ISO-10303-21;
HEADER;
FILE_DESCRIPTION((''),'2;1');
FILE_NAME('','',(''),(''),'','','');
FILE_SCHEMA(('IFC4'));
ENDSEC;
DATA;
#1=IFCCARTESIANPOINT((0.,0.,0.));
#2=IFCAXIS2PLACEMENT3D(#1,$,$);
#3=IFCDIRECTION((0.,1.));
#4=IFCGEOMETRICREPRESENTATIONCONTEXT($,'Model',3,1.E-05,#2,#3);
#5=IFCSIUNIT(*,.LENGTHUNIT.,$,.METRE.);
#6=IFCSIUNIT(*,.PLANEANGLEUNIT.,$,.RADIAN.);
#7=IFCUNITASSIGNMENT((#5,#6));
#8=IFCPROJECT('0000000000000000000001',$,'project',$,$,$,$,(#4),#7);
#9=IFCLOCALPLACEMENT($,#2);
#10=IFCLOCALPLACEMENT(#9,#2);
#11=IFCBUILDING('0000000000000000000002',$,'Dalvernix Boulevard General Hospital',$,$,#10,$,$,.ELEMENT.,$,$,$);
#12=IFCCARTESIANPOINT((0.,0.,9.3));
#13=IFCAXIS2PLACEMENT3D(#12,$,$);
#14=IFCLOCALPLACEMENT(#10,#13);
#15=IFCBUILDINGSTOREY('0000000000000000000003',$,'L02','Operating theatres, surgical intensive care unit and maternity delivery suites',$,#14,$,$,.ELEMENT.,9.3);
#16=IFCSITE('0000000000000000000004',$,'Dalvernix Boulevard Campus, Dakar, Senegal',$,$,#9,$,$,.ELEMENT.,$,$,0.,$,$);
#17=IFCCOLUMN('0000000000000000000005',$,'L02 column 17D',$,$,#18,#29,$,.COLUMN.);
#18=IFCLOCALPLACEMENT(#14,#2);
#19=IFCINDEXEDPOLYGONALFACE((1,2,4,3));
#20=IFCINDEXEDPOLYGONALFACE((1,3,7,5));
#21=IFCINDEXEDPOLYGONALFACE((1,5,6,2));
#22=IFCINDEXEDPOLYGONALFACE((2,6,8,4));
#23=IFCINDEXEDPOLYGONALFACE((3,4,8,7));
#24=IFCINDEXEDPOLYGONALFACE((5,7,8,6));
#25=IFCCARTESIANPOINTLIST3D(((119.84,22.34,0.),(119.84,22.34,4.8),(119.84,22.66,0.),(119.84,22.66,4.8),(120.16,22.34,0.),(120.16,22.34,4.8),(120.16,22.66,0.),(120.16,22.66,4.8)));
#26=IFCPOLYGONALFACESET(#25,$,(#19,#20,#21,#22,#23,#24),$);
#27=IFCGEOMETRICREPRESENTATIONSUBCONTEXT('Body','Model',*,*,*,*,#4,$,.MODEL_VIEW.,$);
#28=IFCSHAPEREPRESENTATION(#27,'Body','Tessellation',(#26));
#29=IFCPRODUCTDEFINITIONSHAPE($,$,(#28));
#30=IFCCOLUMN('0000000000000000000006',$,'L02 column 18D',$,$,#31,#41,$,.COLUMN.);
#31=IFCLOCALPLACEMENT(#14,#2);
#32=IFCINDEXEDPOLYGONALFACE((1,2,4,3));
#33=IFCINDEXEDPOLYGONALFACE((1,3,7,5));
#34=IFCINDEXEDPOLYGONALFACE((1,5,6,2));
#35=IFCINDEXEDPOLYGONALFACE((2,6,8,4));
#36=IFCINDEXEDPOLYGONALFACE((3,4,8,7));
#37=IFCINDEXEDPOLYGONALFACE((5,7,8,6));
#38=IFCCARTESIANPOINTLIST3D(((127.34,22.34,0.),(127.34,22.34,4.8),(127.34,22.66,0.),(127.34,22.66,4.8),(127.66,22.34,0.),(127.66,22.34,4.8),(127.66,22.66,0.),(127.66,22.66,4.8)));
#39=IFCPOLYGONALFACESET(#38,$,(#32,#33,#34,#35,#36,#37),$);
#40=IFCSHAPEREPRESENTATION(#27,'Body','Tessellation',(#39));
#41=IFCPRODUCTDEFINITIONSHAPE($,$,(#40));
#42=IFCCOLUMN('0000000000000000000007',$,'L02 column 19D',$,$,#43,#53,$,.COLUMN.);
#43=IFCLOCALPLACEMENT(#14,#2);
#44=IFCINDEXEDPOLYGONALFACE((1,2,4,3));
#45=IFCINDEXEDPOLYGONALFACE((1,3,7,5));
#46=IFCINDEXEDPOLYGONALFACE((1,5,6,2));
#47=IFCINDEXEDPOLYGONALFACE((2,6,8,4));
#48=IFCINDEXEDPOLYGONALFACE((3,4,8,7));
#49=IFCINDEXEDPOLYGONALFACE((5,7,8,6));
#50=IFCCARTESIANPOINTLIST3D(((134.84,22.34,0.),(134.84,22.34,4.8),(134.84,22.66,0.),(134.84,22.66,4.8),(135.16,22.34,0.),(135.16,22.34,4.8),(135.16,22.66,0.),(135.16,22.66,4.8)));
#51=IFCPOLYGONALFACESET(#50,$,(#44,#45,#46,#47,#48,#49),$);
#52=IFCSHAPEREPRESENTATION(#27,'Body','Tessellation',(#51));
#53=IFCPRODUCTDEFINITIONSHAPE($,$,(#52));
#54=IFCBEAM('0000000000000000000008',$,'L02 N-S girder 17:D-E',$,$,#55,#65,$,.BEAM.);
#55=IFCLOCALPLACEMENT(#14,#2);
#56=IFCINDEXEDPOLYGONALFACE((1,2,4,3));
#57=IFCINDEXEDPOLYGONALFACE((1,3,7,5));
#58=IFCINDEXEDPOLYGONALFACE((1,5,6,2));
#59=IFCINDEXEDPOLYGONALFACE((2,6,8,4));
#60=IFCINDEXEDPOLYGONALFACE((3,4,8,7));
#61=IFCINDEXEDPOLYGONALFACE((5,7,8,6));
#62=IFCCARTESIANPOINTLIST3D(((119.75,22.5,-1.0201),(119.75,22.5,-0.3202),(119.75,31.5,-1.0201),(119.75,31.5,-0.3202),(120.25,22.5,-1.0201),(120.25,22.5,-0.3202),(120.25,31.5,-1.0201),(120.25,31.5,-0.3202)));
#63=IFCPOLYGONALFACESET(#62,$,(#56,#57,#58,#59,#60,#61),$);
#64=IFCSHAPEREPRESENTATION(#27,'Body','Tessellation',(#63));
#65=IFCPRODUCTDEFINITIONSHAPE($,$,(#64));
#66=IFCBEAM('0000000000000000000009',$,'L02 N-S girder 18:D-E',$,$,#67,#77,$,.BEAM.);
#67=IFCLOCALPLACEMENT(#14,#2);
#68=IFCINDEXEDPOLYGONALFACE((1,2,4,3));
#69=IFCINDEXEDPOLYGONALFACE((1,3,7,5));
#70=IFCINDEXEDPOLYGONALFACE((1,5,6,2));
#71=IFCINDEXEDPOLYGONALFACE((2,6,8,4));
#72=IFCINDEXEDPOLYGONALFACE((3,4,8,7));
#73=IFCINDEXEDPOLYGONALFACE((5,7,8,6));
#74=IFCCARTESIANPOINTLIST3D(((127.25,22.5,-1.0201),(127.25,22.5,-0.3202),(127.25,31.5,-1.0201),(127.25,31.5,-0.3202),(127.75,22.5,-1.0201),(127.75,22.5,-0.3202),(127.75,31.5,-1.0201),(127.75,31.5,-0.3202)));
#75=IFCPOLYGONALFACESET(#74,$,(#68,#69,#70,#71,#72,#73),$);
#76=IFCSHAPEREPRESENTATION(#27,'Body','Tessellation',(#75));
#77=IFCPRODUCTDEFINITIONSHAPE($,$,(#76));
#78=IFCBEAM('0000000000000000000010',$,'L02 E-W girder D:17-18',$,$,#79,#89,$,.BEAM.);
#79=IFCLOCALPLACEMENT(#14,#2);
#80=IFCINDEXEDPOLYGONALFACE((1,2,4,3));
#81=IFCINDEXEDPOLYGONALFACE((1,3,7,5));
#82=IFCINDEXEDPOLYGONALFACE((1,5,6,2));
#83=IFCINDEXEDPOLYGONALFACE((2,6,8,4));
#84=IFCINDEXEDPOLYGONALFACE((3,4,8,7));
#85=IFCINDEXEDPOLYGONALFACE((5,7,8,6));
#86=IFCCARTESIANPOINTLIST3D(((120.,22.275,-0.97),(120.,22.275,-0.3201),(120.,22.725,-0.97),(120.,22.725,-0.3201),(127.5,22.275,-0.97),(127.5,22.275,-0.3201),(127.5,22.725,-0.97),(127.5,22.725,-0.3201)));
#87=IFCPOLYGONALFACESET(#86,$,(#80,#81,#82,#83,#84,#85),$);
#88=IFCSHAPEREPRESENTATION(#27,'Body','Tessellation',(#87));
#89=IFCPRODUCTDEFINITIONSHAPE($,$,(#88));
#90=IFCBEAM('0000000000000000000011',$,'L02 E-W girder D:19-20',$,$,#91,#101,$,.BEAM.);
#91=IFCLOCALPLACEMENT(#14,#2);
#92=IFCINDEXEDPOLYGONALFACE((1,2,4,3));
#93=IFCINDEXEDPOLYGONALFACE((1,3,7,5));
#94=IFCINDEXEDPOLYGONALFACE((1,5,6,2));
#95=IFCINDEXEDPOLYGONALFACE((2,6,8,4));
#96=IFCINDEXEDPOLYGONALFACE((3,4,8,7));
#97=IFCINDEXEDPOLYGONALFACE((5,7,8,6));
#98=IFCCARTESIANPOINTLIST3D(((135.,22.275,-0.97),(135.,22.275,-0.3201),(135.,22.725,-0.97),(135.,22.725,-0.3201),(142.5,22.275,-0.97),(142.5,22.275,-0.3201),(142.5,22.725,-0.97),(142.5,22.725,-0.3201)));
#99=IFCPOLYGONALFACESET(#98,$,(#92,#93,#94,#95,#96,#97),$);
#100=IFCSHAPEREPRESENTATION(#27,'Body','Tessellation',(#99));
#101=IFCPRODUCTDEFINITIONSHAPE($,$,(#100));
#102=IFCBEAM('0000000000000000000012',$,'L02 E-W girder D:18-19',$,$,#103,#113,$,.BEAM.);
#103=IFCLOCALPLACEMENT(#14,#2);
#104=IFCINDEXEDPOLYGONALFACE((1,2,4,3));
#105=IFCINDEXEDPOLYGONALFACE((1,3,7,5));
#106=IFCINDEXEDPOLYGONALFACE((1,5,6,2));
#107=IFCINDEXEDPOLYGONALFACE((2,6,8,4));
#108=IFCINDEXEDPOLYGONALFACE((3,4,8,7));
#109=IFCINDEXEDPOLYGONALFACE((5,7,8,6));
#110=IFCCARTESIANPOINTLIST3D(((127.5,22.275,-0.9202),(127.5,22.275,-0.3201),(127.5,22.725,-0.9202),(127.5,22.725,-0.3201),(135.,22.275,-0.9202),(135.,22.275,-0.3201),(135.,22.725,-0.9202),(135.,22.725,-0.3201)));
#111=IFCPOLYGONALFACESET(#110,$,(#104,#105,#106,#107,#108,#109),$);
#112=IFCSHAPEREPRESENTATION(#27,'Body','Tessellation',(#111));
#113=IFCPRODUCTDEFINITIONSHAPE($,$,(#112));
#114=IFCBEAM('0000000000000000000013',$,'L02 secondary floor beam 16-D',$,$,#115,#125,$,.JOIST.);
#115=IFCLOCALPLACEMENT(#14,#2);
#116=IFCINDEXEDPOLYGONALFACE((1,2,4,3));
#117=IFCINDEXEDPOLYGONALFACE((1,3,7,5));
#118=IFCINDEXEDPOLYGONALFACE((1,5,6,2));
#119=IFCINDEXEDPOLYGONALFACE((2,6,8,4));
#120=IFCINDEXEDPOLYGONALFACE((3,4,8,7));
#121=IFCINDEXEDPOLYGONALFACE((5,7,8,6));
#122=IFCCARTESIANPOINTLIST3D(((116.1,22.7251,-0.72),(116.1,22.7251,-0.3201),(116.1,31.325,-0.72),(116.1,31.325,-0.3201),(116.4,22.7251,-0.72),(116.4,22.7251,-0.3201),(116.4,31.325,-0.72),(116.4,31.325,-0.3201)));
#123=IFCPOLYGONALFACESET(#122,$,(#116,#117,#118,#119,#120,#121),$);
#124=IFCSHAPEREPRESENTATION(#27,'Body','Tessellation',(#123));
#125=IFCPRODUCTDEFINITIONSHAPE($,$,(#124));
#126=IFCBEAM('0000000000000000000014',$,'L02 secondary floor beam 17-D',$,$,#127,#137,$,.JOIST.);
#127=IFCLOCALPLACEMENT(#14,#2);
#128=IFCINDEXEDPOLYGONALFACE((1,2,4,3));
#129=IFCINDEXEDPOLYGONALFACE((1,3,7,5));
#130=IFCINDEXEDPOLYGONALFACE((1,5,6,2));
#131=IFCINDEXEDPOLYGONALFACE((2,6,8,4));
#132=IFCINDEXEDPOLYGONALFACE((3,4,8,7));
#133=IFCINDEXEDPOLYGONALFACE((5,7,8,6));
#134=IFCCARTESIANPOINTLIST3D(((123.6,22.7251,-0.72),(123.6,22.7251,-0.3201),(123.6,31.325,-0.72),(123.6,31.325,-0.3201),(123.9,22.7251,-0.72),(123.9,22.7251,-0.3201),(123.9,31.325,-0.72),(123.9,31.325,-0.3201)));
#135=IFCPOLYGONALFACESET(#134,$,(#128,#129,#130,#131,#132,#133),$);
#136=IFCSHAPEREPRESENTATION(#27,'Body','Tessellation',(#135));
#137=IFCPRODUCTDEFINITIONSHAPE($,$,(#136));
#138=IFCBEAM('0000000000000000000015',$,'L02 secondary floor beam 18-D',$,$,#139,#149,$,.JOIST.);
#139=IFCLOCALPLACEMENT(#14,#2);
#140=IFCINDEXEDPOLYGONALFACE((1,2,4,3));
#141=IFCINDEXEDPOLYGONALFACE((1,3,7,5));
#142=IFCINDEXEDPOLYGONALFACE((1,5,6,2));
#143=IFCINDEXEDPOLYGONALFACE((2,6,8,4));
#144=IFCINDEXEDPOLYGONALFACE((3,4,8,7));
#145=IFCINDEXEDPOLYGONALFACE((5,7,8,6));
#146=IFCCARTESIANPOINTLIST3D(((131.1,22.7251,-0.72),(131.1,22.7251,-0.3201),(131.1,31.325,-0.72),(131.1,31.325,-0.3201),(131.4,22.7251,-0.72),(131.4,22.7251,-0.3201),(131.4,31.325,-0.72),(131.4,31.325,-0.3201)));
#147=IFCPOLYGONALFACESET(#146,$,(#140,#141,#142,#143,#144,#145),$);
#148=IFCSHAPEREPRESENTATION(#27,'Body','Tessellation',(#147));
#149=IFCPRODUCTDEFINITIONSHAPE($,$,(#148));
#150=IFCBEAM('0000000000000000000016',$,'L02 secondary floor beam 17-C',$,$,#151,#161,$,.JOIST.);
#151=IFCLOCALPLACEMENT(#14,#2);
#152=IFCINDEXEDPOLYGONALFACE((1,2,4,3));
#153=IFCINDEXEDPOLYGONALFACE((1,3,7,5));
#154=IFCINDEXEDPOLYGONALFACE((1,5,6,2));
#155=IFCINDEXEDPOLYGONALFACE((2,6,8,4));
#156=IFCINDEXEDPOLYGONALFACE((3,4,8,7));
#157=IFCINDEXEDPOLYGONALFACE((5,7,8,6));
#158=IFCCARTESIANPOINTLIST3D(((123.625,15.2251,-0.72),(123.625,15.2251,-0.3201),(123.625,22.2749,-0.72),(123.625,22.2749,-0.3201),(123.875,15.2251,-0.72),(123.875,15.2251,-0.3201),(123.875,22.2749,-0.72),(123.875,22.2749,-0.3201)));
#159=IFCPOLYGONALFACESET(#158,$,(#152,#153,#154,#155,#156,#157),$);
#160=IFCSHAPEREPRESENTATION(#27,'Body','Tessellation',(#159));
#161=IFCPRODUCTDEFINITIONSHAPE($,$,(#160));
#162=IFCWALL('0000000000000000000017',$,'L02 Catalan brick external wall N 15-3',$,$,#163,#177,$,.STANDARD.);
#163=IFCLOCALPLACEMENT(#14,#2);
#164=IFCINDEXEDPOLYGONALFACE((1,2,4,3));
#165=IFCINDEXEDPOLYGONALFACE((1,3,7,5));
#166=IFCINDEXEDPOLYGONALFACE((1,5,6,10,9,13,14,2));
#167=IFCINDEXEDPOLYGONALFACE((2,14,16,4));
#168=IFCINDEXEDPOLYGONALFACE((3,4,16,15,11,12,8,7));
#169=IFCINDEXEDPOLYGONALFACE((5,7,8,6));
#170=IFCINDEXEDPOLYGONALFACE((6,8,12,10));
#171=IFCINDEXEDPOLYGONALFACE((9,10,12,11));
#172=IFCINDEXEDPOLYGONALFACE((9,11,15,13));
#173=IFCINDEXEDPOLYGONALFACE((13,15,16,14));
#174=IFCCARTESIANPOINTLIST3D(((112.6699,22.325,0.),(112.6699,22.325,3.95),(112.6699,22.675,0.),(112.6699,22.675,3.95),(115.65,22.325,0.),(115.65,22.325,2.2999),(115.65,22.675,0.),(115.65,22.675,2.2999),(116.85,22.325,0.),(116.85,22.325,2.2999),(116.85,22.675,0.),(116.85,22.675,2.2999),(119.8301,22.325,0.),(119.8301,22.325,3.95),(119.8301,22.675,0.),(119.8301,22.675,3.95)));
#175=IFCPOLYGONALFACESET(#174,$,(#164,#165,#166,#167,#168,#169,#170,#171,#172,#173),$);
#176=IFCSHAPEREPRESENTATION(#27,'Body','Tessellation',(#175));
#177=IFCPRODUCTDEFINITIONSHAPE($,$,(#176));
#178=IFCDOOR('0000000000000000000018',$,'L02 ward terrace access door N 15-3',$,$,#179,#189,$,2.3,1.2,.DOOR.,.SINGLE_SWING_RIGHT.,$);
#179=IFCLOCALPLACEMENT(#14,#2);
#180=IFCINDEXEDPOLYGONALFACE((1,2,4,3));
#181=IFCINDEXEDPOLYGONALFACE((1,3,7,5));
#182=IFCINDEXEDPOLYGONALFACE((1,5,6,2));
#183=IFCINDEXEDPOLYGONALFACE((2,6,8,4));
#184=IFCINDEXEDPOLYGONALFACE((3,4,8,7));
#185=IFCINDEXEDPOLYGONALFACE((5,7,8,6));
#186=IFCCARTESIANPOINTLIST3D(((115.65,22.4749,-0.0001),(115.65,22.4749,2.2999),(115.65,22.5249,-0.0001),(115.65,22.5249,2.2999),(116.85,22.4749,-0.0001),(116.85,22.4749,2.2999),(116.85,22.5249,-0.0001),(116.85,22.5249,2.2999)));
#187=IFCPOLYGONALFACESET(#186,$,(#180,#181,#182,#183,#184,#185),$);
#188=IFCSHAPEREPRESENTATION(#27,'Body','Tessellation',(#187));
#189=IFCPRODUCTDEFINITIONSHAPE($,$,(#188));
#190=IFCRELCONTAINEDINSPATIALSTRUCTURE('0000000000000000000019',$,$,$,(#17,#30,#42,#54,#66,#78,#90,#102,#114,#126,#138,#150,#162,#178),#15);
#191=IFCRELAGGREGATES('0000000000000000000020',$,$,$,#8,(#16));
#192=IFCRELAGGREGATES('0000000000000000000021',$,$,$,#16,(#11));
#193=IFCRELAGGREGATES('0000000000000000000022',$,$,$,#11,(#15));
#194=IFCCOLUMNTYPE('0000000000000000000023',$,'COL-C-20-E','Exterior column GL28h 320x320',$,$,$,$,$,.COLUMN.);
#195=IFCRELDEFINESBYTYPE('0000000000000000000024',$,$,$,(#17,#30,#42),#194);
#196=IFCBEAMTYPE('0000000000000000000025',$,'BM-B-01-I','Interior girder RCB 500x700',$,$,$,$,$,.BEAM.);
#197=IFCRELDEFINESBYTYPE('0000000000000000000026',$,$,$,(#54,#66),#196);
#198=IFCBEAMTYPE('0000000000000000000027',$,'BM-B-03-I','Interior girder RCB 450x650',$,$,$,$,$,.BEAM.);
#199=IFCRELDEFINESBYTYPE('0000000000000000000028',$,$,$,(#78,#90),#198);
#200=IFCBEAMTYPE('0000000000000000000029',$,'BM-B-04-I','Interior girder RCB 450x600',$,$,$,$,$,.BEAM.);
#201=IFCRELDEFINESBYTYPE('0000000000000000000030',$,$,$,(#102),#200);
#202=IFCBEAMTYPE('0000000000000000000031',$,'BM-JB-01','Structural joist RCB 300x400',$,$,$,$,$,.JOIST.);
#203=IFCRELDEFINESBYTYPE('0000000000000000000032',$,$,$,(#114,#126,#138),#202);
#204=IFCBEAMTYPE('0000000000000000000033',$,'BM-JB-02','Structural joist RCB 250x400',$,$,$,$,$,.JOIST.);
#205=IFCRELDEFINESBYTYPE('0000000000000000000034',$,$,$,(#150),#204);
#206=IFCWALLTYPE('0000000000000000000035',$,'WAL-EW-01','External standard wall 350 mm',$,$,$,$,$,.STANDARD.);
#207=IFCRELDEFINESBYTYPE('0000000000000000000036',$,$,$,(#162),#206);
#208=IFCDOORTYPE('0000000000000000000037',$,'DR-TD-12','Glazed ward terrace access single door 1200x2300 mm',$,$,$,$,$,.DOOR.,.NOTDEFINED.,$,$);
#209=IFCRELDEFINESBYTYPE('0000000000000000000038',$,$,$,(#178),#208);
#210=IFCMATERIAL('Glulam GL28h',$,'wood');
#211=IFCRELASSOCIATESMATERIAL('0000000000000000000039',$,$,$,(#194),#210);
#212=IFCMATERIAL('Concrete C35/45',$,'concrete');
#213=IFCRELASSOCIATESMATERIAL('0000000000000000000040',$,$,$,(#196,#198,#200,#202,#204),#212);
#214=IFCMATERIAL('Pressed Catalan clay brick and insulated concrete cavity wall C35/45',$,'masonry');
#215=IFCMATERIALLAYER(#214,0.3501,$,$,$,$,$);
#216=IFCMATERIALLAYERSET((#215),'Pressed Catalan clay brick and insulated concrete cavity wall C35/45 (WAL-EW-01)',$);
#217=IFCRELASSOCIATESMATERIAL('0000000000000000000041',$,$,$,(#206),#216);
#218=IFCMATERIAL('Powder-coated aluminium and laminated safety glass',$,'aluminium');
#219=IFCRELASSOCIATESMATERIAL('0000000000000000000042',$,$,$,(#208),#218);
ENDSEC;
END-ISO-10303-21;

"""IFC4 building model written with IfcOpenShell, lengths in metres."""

from ifc_helpers import new_model, si_unit, direction, frame, frame_2d, origin, origin_2d, place, context, subcontext, project, spatial, rectangle, extrude, material, layer, layer_set, material_profile, profile_set, type_object, element, fill, save


model = new_model("IFC4")

# Units and contexts
model_context = context("Model", 3, precision=1e-05, world=origin(), true_north=direction((0.0, 1.0)))
body_context = subcontext(model_context, "Body", "Model", "MODEL_VIEW")
ifc_project = project(units=[si_unit("LENGTHUNIT", "METRE"), si_unit("PLANEANGLEUNIT", "RADIAN")], contexts=[model_context])

# Site, building, storey
site_placement = place(None, origin())
site = spatial("IfcSite", under=ifc_project, at=site_placement, Name="Dalvernix Boulevard Campus, Dakar, Senegal", CompositionType="ELEMENT", RefElevation=0.0)
building_placement = place(site_placement, origin())
building = spatial("IfcBuilding", under=site, at=building_placement, Name="Dalvernix Boulevard General Hospital", CompositionType="ELEMENT")
storey_placement = place(building_placement, frame((0.0, 0.0, 9.3)))
storey = spatial("IfcBuildingStorey", under=building, at=storey_placement, Name="L02", Description="Operating theatres, surgical intensive care unit and maternity delivery suites", CompositionType="ELEMENT", Elevation=9.3)

# Columns
ifc_material_1 = material(Name="Glulam GL28h", Category="wood")
ifc_material_profile_1 = material_profile(ifc_material_1, rectangle(XDim=0.3201, YDim=0.3201, at=origin_2d()), Name="GL28h 320x320")
ifc_profile_set_1 = profile_set([ifc_material_profile_1], Name="Glulam GL28h")
column_type = type_object("IfcColumnType", Name="COL-C-20-E", Description="Exterior column GL28h 320x320", PredefinedType="COLUMN", material=ifc_profile_set_1)
for number, where, z_axis, x_axis, name in (
    (1, (120.0, 22.5, 0.0), (0.0, 0.0, 1.0), (1.0, 0.0, 0.0), "L02 column 17D"),
    (2, (127.5, 22.5, 0.0), (0.0, 0.0, 1.0), (1.0, 0.0, 0.0), "L02 column 18D"),
    (3, (135.0, 22.5, 0.0), (0.0, 0.0, 1.0), (1.0, 0.0, 0.0), "L02 column 19D"),
):
    element("IfcColumn", number, at=place(storey_placement, frame(where, z_axis=z_axis, x_axis=x_axis)), inside=storey, type_object=column_type, Name=name, PredefinedType="COLUMN", context=body_context, shape_type="SweptSolid", body=[
        extrude(rectangle(XDim=0.3201, YDim=0.3201, at=origin_2d()), origin(), (0.0, 0.0, 1.0), 4.8),
    ])

# Beams
ifc_material_2 = material(Name="Concrete C35/45", Category="concrete")
ifc_material_profile_2 = material_profile(ifc_material_2, rectangle(XDim=0.5, YDim=0.7, at=origin_2d()), Name="RCB 500x700")
ifc_profile_set_2 = profile_set([ifc_material_profile_2], Name="Concrete C35/45")
beam_type_1 = type_object("IfcBeamType", Name="BM-B-01-I", Description="Interior girder RCB 500x700", PredefinedType="BEAM", material=ifc_profile_set_2)
for number, where, z_axis, x_axis, name in (
    (4, (120.0, 22.5, -0.6702), (0.0, 1.0, 0.0), (-1.0, 0.0, 0.0), "L02 N-S girder 17:D-E"),
    (5, (127.5, 22.5, -0.6702), (0.0, 1.0, 0.0), (-1.0, 0.0, 0.0), "L02 N-S girder 18:D-E"),
):
    element("IfcBeam", number, at=place(storey_placement, frame(where, z_axis=z_axis, x_axis=x_axis)), inside=storey, type_object=beam_type_1, Name=name, PredefinedType="BEAM", context=body_context, shape_type="SweptSolid", body=[
        extrude(rectangle(XDim=0.5, YDim=0.7, at=origin_2d()), origin(), (0.0, 0.0, 1.0), 9.0),
    ])
ifc_material_profile_3 = material_profile(ifc_material_2, rectangle(XDim=0.45, YDim=0.6499, at=origin_2d()), Name="RCB 450x650")
ifc_profile_set_3 = profile_set([ifc_material_profile_3], Name="Concrete C35/45")
beam_type_2 = type_object("IfcBeamType", Name="BM-B-03-I", Description="Interior girder RCB 450x650", PredefinedType="BEAM", material=ifc_profile_set_3)
for number, where, z_axis, x_axis, name in (
    (6, (120.0, 22.5, -0.645), (1.0, 0.0, 0.0), (0.0, 1.0, 0.0), "L02 E-W girder D:17-18"),
    (7, (135.0, 22.5, -0.645), (1.0, 0.0, 0.0), (0.0, 1.0, 0.0), "L02 E-W girder D:19-20"),
):
    element("IfcBeam", number, at=place(storey_placement, frame(where, z_axis=z_axis, x_axis=x_axis)), inside=storey, type_object=beam_type_2, Name=name, PredefinedType="BEAM", context=body_context, shape_type="SweptSolid", body=[
        extrude(rectangle(XDim=0.45, YDim=0.6499, at=origin_2d()), origin(), (0.0, 0.0, 1.0), 7.5),
    ])
ifc_material_profile_4 = material_profile(ifc_material_2, rectangle(XDim=0.45, YDim=0.6001, at=origin_2d()), Name="RCB 450x600")
ifc_profile_set_4 = profile_set([ifc_material_profile_4], Name="Concrete C35/45")
beam_type_3 = type_object("IfcBeamType", Name="BM-B-04-I", Description="Interior girder RCB 450x600", PredefinedType="BEAM", material=ifc_profile_set_4)
beam_1_placement = place(storey_placement, frame((127.5, 22.5, -0.6201), z_axis=(1.0, 0.0, 0.0), x_axis=(0.0, 1.0, 0.0)))
element("IfcBeam", 8, at=beam_1_placement, inside=storey, type_object=beam_type_3, Name="L02 E-W girder D:18-19", PredefinedType="BEAM", context=body_context, shape_type="SweptSolid", body=[
    extrude(rectangle(XDim=0.45, YDim=0.6001, at=origin_2d()), origin(), (0.0, 0.0, 1.0), 7.5),
])
ifc_material_profile_5 = material_profile(ifc_material_2, rectangle(XDim=0.3, YDim=0.3999, at=origin_2d()), Name="RCB 300x400")
ifc_profile_set_5 = profile_set([ifc_material_profile_5], Name="Concrete C35/45")
beam_type_4 = type_object("IfcBeamType", Name="BM-JB-01", Description="Structural joist RCB 300x400", PredefinedType="JOIST", material=ifc_profile_set_5)
for number, where, z_axis, x_axis, name in (
    (9, (116.25, 22.7251, -0.52), (0.0, 1.0, 0.0), (-1.0, 0.0, 0.0), "L02 secondary floor beam 16-D"),
    (10, (123.75, 22.7251, -0.52), (0.0, 1.0, 0.0), (-1.0, 0.0, 0.0), "L02 secondary floor beam 17-D"),
    (11, (131.25, 22.7251, -0.52), (0.0, 1.0, 0.0), (-1.0, 0.0, 0.0), "L02 secondary floor beam 18-D"),
):
    element("IfcBeam", number, at=place(storey_placement, frame(where, z_axis=z_axis, x_axis=x_axis)), inside=storey, type_object=beam_type_4, Name=name, PredefinedType="JOIST", context=body_context, shape_type="SweptSolid", body=[
        extrude(rectangle(XDim=0.3, YDim=0.3999, at=origin_2d()), origin(), (0.0, 0.0, 1.0), 8.5999),
    ])
ifc_material_profile_6 = material_profile(ifc_material_2, rectangle(XDim=0.25, YDim=0.3999, at=origin_2d()), Name="RCB 250x400")
ifc_profile_set_6 = profile_set([ifc_material_profile_6], Name="Concrete C35/45")
beam_type_5 = type_object("IfcBeamType", Name="BM-JB-02", Description="Structural joist RCB 250x400", PredefinedType="JOIST", material=ifc_profile_set_6)
beam_2_placement = place(storey_placement, frame((123.75, 15.2251, -0.52), z_axis=(0.0, 1.0, 0.0), x_axis=(-1.0, 0.0, 0.0)))
element("IfcBeam", 12, at=beam_2_placement, inside=storey, type_object=beam_type_5, Name="L02 secondary floor beam 17-C", PredefinedType="JOIST", context=body_context, shape_type="SweptSolid", body=[
    extrude(rectangle(XDim=0.25, YDim=0.3999, at=origin_2d()), origin(), (0.0, 0.0, 1.0), 7.0498),
])

# Wall, opening, door
ifc_material_3 = material(Name="Pressed Catalan clay brick and insulated concrete cavity wall C35/45", Category="masonry")
ifc_layer_1 = layer(ifc_material_3, 0.3501)
ifc_layer_set_1 = layer_set([ifc_layer_1], Name="Pressed Catalan clay brick and insulated concrete cavity wall C35/45 (WAL-EW-01)")
wall_type_1 = type_object("IfcWallType", Name="WAL-EW-01", Description="External standard wall 350 mm", PredefinedType="STANDARD", material=ifc_layer_set_1)
wall_1_placement = place(storey_placement, frame((112.6699, 22.5, 0.0), z_axis=(0.0, 0.0, 1.0), x_axis=(1.0, 0.0, 0.0)))
wall_1 = element("IfcWall", 13, at=wall_1_placement, inside=storey, type_object=wall_type_1, Name="L02 Catalan brick external wall N 15-3", PredefinedType="STANDARD", context=body_context, shape_type="SweptSolid", body=[
    extrude(rectangle(XDim=7.1602, YDim=0.3501, at=frame_2d((3.5801, 0.0))), origin(), (0.0, 0.0, 1.0), 3.95),
])
opening_1_placement = place(wall_1_placement, frame((2.98, 0.0, 0.0)))
opening_1 = element("IfcOpeningElement", 14, at=opening_1_placement, cuts=wall_1, PredefinedType="OPENING", context=body_context, shape_type="SweptSolid", body=[
    extrude(rectangle(XDim=1.2, YDim=2.3, at=frame_2d((0.6001, 1.1499))), frame((0.0, 0.1851, 0.0), z_axis=(0.0, -1.0, 0.0), x_axis=(1.0, 0.0, 0.0)), (0.0, 0.0, 1.0), 0.3701),
])
ifc_material_4 = material(Name="Powder-coated aluminium and laminated safety glass", Category="aluminium")
door_type_1 = type_object("IfcDoorType", Name="DR-TD-12", Description="Glazed ward terrace access single door 1200x2300 mm", OperationType="NOTDEFINED", PredefinedType="DOOR", material=ifc_material_4)
door_1_placement = place(opening_1_placement, origin())
door_1 = element("IfcDoor", 15, at=door_1_placement, inside=storey, type_object=door_type_1, Name="L02 ward terrace access door N 15-3", OperationType="SINGLE_SWING_RIGHT", OverallHeight=2.3, OverallWidth=1.2, PredefinedType="DOOR", context=body_context, shape_type="SweptSolid", body=[
    extrude(rectangle(XDim=1.2, YDim=2.3, at=frame_2d((0.6001, 1.1499))), frame((0.0, 0.0249, 0.0), z_axis=(0.0, -1.0, 0.0), x_axis=(1.0, 0.0, 0.0)), (0.0, 0.0, 1.0), 0.05),
])
fill(opening_1, door_1)

save(model, "model.ifc")
